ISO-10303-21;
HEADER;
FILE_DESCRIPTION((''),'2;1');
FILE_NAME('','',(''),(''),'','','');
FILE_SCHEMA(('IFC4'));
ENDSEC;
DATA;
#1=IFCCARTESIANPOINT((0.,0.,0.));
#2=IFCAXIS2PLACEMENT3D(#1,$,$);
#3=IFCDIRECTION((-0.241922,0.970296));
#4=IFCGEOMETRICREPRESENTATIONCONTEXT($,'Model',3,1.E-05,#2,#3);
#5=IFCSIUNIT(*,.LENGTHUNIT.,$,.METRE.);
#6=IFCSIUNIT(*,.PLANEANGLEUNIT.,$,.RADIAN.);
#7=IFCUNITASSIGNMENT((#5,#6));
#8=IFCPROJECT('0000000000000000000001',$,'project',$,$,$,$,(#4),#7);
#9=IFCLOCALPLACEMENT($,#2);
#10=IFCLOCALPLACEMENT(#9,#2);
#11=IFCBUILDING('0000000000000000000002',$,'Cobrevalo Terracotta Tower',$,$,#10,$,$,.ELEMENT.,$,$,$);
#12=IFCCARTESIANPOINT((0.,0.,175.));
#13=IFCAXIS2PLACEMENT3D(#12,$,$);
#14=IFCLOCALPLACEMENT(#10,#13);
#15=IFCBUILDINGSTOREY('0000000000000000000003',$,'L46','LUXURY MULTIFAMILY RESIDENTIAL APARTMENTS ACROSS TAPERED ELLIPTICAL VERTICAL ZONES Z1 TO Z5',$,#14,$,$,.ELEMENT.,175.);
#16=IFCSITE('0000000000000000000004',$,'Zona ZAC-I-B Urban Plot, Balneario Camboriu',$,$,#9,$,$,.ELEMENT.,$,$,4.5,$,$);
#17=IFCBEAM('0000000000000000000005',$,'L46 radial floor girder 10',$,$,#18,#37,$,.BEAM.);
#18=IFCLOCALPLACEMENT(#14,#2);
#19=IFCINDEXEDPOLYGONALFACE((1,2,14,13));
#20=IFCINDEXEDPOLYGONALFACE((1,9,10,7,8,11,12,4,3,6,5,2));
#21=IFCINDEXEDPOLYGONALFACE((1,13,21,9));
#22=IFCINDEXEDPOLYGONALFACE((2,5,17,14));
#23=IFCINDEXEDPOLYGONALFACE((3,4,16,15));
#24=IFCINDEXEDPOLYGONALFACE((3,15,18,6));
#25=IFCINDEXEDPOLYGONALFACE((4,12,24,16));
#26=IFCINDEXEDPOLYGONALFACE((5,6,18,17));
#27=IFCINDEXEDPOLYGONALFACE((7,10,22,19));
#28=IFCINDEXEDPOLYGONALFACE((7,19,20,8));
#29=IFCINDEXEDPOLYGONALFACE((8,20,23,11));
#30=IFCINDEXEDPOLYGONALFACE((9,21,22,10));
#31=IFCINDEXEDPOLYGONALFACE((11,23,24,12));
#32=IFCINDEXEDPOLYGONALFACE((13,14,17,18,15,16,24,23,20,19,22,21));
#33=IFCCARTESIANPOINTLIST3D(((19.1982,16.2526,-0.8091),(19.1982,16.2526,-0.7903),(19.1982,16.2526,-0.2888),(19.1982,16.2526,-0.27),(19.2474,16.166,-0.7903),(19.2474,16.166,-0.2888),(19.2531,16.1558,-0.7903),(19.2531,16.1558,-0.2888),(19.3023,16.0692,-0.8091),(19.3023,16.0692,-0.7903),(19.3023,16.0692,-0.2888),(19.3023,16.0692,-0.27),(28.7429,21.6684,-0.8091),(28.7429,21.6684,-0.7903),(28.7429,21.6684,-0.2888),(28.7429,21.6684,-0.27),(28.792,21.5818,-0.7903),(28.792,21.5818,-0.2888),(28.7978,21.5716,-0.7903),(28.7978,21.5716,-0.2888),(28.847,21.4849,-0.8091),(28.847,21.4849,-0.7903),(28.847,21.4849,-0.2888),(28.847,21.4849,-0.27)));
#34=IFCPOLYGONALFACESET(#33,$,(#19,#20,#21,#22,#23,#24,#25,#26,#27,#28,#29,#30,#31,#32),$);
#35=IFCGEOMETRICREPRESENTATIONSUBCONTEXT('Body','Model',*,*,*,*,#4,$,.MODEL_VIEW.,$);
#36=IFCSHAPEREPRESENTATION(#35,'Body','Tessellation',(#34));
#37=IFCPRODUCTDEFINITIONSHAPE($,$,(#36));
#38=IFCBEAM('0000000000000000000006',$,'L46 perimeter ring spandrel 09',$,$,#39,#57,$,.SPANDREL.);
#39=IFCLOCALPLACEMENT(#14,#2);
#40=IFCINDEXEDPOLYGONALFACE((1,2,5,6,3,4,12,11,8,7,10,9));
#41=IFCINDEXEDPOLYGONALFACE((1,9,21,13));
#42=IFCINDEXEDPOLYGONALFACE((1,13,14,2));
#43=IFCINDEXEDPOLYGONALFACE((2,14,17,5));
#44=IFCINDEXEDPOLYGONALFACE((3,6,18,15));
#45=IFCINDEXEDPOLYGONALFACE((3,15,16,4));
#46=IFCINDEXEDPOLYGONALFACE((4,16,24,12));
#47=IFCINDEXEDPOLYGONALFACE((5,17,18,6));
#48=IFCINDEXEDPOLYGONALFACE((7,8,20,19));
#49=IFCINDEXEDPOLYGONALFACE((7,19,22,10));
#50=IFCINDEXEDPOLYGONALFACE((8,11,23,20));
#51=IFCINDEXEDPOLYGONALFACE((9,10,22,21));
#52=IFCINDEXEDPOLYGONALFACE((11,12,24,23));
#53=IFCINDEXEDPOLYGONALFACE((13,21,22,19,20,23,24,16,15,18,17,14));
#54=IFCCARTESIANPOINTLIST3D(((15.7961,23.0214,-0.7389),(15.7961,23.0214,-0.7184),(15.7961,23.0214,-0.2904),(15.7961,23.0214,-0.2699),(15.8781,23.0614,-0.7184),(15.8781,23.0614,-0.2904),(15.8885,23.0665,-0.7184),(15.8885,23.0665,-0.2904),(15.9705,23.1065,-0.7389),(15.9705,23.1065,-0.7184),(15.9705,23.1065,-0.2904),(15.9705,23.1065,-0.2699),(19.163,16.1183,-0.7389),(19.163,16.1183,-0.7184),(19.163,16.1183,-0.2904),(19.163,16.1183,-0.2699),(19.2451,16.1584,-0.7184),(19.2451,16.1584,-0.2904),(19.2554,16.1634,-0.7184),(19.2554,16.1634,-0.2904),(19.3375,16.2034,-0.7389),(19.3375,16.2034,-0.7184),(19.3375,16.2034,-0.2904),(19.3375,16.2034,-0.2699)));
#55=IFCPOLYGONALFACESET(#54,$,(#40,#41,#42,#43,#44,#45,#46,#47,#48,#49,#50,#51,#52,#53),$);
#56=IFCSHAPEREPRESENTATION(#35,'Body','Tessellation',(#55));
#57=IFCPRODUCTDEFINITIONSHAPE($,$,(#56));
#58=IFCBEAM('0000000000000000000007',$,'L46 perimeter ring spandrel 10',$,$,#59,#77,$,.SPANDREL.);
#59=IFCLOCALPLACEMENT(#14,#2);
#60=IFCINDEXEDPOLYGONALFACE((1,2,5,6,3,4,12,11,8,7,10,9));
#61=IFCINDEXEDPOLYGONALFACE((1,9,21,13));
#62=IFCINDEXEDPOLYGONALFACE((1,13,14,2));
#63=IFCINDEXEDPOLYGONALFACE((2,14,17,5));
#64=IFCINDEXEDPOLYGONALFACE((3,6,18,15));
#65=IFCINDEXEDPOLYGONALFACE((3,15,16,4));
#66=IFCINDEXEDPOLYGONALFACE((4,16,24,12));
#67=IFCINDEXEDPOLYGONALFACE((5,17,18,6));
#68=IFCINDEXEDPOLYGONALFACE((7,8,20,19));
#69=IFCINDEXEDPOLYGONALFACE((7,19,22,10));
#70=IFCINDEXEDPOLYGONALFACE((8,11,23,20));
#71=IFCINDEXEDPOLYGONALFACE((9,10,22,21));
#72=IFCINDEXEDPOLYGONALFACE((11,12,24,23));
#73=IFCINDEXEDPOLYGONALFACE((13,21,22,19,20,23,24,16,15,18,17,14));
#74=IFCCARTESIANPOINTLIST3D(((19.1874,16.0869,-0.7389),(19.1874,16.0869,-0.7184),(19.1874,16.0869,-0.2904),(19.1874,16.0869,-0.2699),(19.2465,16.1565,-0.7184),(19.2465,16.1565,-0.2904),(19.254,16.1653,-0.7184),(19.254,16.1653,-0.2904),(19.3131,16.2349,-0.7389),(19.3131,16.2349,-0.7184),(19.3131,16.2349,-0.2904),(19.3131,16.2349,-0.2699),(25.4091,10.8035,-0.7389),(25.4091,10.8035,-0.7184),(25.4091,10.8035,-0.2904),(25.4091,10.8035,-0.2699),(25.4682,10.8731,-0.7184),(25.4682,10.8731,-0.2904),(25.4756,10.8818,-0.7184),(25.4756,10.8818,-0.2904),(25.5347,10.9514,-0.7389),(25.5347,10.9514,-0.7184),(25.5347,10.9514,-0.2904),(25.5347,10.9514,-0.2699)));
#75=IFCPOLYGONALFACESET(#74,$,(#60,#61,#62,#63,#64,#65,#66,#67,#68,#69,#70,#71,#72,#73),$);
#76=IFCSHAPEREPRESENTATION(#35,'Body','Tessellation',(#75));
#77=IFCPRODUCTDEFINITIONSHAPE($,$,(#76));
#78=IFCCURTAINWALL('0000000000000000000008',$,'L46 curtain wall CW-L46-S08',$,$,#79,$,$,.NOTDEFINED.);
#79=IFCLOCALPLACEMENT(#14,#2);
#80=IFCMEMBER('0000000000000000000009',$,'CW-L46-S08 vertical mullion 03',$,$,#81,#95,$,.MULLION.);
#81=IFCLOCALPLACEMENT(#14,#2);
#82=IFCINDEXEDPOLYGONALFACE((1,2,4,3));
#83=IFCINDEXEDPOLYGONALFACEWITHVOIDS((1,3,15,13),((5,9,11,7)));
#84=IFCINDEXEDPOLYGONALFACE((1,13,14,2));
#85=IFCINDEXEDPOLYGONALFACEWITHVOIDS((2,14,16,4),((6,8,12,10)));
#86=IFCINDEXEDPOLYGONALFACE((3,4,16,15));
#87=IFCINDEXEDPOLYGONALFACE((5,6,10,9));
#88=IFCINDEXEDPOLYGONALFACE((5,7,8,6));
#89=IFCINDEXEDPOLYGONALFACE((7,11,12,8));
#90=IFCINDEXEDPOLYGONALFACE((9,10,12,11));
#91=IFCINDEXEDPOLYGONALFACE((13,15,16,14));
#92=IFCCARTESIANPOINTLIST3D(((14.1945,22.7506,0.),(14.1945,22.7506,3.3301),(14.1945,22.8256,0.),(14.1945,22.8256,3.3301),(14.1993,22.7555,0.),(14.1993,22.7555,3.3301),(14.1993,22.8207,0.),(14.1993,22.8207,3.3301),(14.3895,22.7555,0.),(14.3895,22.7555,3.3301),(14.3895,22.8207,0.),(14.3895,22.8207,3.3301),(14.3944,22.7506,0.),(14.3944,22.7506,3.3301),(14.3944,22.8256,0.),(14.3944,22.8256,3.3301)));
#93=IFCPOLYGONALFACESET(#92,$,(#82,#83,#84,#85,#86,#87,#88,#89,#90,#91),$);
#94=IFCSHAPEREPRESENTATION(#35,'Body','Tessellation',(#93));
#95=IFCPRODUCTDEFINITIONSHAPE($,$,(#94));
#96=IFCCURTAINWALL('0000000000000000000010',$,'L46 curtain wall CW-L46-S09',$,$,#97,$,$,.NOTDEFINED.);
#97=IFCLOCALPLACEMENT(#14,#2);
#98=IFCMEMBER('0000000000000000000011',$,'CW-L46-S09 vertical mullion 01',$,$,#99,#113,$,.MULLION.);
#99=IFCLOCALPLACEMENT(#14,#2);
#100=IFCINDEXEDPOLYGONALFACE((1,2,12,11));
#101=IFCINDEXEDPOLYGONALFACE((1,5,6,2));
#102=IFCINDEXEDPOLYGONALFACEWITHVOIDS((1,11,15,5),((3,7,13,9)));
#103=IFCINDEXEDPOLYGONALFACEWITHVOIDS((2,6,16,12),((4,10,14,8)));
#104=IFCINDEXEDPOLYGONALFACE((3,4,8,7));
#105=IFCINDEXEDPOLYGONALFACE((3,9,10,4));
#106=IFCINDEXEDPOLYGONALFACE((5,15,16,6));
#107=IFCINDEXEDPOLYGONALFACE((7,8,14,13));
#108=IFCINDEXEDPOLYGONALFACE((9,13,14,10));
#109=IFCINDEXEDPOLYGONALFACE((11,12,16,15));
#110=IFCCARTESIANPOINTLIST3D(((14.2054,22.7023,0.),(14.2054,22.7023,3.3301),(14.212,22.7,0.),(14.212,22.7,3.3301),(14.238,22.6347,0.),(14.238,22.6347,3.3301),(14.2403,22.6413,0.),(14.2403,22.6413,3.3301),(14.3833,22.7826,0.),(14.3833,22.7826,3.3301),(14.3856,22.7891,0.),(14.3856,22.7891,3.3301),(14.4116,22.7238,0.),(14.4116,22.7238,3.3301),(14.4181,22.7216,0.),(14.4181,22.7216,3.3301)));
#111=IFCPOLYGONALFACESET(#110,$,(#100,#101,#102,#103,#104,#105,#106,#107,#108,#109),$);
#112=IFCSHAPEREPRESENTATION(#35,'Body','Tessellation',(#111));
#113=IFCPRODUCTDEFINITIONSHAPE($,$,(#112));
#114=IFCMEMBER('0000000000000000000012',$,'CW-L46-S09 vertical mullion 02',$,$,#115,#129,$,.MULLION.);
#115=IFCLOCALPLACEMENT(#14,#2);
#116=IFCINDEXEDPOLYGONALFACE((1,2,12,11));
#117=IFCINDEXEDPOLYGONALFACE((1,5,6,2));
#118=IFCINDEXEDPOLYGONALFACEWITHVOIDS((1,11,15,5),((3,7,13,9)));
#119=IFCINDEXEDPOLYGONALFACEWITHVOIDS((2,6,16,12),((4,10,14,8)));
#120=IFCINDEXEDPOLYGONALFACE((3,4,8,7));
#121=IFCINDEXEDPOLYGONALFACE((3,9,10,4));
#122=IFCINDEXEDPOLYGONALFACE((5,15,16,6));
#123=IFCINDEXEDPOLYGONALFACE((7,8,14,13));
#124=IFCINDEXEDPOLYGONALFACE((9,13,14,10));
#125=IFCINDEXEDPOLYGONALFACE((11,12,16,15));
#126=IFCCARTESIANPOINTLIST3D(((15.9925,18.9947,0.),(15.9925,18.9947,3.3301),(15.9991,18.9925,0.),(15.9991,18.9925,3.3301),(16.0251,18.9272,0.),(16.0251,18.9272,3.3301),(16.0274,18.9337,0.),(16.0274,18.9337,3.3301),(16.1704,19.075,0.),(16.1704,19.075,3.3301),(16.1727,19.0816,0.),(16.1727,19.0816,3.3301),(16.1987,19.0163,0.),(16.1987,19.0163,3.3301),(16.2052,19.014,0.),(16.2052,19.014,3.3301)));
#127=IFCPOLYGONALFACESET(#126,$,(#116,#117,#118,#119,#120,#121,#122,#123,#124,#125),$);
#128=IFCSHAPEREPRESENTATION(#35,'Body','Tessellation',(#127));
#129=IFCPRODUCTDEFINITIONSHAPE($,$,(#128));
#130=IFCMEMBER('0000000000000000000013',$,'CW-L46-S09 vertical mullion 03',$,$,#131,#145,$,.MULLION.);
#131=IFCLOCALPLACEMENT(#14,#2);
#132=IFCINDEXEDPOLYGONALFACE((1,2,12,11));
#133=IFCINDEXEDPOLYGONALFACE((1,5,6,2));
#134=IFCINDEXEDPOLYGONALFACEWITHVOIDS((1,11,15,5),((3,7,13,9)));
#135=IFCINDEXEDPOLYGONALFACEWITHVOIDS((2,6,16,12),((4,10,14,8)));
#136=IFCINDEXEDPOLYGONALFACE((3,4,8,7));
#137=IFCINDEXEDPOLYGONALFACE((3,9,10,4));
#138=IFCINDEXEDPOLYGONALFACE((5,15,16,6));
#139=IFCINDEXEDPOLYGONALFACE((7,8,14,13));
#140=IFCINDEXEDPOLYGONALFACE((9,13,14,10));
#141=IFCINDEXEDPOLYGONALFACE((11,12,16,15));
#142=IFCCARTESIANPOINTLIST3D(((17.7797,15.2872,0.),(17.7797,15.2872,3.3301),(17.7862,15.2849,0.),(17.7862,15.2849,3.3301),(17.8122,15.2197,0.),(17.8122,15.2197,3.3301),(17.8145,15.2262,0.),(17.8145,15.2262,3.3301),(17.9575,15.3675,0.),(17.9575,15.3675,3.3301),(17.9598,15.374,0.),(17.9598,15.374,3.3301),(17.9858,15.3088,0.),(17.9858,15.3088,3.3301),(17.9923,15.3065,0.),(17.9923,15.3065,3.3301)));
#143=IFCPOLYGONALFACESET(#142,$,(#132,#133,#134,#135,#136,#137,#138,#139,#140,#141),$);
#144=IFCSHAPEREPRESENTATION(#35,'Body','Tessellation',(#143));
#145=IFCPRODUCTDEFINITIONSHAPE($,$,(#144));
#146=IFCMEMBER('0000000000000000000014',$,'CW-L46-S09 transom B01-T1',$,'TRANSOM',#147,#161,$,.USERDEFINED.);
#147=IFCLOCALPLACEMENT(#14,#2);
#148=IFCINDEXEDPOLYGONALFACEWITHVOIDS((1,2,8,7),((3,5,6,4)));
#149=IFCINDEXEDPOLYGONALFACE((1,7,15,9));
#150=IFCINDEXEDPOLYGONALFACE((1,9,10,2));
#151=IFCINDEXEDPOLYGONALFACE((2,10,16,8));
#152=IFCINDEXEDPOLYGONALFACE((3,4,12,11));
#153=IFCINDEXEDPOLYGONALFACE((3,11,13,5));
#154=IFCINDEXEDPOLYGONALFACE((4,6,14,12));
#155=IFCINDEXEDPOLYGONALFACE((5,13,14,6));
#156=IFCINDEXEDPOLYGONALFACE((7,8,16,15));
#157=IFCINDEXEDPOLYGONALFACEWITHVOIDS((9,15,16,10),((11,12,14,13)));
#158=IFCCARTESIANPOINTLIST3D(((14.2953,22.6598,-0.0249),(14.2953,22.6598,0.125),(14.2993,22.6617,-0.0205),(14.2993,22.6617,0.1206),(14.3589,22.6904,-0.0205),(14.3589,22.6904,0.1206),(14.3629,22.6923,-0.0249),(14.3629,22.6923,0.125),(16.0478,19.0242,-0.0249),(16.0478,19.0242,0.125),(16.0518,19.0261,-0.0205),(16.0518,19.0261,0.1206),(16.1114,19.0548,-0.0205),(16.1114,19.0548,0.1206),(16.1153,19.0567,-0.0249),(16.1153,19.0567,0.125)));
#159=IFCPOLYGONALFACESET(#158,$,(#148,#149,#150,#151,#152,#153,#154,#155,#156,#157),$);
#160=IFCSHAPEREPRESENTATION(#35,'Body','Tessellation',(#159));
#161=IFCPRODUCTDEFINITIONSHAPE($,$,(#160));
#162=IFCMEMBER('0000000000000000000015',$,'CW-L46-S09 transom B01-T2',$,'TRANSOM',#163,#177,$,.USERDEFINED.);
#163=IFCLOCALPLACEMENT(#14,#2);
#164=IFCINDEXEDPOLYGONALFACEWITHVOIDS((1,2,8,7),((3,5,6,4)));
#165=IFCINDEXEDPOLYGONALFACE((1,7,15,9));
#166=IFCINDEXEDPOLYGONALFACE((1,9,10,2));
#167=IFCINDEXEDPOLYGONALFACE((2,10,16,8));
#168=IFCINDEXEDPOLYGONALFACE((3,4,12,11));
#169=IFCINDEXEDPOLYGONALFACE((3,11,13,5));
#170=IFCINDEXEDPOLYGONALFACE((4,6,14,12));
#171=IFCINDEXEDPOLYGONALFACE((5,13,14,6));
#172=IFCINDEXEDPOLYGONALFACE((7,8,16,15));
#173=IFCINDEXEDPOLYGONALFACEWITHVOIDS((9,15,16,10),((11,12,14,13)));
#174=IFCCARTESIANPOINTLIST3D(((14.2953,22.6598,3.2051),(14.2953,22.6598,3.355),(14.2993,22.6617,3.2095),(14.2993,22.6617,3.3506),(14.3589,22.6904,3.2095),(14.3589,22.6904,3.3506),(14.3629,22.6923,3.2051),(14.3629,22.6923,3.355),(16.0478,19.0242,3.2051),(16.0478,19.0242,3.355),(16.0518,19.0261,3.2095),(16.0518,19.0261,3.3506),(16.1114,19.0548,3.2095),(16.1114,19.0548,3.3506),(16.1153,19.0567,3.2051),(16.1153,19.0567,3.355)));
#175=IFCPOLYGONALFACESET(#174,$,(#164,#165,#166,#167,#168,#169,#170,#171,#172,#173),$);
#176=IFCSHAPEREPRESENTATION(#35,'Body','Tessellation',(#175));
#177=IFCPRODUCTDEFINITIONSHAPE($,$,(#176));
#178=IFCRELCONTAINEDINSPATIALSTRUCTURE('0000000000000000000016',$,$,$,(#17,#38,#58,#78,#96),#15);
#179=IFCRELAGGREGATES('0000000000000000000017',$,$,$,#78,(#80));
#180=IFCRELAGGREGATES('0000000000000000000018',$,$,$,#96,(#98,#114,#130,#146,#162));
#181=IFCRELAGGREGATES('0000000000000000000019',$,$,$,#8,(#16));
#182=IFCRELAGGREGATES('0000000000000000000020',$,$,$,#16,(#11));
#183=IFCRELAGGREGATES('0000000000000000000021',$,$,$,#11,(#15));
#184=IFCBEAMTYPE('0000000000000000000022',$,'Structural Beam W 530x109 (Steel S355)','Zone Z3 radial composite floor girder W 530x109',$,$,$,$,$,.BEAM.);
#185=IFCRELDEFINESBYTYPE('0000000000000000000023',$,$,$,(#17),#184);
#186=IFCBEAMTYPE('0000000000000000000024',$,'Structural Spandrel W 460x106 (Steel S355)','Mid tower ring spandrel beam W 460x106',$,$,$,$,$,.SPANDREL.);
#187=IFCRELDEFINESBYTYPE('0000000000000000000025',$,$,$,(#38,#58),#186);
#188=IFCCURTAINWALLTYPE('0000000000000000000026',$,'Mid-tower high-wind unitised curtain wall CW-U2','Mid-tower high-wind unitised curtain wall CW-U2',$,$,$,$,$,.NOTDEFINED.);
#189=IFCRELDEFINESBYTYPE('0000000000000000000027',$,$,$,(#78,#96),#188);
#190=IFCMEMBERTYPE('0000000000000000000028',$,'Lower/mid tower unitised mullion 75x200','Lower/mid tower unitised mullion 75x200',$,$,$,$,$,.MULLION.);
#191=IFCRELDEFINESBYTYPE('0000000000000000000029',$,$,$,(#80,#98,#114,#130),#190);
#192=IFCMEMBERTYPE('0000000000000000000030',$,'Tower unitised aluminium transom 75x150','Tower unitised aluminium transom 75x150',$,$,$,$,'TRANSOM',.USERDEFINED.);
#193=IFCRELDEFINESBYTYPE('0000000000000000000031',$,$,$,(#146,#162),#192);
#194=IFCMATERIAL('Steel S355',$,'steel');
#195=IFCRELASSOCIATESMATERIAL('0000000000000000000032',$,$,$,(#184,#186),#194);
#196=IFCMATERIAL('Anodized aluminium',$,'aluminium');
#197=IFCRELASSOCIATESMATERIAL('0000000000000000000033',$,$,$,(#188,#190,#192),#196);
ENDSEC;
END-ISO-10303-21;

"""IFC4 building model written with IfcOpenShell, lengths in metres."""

from ifc_helpers import new_model, si_unit, direction, frame, origin, origin_2d, place, context, subcontext, project, spatial, hollow_rectangle, i_section, extrude, source, transform, mapped, material, material_profile, profile_set, type_object, element, aggregate, save


model = new_model("IFC4")

# Units and contexts
model_context = context("Model", 3, precision=1e-05, world=origin(), true_north=direction((-0.241922, 0.970296)))
body_context = subcontext(model_context, "Body", "Model", "MODEL_VIEW")
ifc_project = project(units=[si_unit("LENGTHUNIT", "METRE"), si_unit("PLANEANGLEUNIT", "RADIAN")], contexts=[model_context])

# Site, building, storey
site_placement = place(None, origin())
site = spatial("IfcSite", under=ifc_project, at=site_placement, Name="Zona ZAC-I-B Urban Plot, Balneario Camboriu", CompositionType="ELEMENT", RefElevation=4.5)
building_placement = place(site_placement, origin())
building = spatial("IfcBuilding", under=site, at=building_placement, Name="Cobrevalo Terracotta Tower", CompositionType="ELEMENT")
storey_placement = place(building_placement, frame((0.0, 0.0, 175.0)))
storey = spatial("IfcBuildingStorey", under=building, at=storey_placement, Name="L46", Description="LUXURY MULTIFAMILY RESIDENTIAL APARTMENTS ACROSS TAPERED ELLIPTICAL VERTICAL ZONES Z1 TO Z5", CompositionType="ELEMENT", Elevation=175.0)

# Shared definitions
ifc_material_1 = material(Name="Steel S355", Category="steel")

# Beams
ifc_material_profile_1 = material_profile(ifc_material_1, i_section(OverallWidth=0.2109, OverallDepth=0.5391, WebThickness=0.0117, FlangeThickness=0.0188, at=origin_2d()), Name="W 530x109")
ifc_profile_set_1 = profile_set([ifc_material_profile_1], Name="Steel S355")
beam_type_1 = type_object("IfcBeamType", Name="Structural Beam W 530x109 (Steel S355)", Description="Zone Z3 radial composite floor girder W 530x109", PredefinedType="BEAM", material=ifc_profile_set_1)
beam_1_placement = place(storey_placement, frame((19.2502, 16.1609, -0.5396), z_axis=(0.869744, 0.493504, 0.0), x_axis=(-0.493504, 0.869744, 0.0)))
element("IfcBeam", 1, at=beam_1_placement, inside=storey, type_object=beam_type_1, Name="L46 radial floor girder 10", PredefinedType="BEAM", context=body_context, shape_type="SweptSolid", body=[
    extrude(i_section(OverallWidth=0.2109, OverallDepth=0.5391, WebThickness=0.0117, FlangeThickness=0.0188, at=origin_2d()), origin(), (0.0, 0.0, 1.0), 10.9741),
])
ifc_material_profile_2 = material_profile(ifc_material_1, i_section(OverallWidth=0.1941, OverallDepth=0.469, WebThickness=0.0115, FlangeThickness=0.0205, at=origin_2d()), Name="W 460x106")
ifc_profile_set_2 = profile_set([ifc_material_profile_2], Name="Steel S355")
beam_type_2 = type_object("IfcBeamType", Name="Structural Spandrel W 460x106 (Steel S355)", Description="Mid tower ring spandrel beam W 460x106", PredefinedType="SPANDREL", material=ifc_profile_set_2)
beam_2_placement = place(storey_placement, frame((15.8833, 23.064, -0.5044), z_axis=(0.43838, -0.89879, 0.0), x_axis=(0.89879, 0.43838, 0.0)))
element("IfcBeam", 2, at=beam_2_placement, inside=storey, type_object=beam_type_2, Name="L46 perimeter ring spandrel 09", PredefinedType="SPANDREL", context=body_context, shape_type="SweptSolid", body=[
    extrude(i_section(OverallWidth=0.1941, OverallDepth=0.469, WebThickness=0.0115, FlangeThickness=0.0205, at=origin_2d()), origin(), (0.0, 0.0, 1.0), 7.6804),
])
beam_3_placement = place(storey_placement, frame((19.2502, 16.1609, -0.5044), z_axis=(0.76224, -0.647294, 0.0), x_axis=(0.647294, 0.76224, 0.0)))
element("IfcBeam", 3, at=beam_3_placement, inside=storey, type_object=beam_type_2, Name="L46 perimeter ring spandrel 10", PredefinedType="SPANDREL", context=body_context, shape_type="SweptSolid", body=[
    extrude(i_section(OverallWidth=0.1941, OverallDepth=0.469, WebThickness=0.0115, FlangeThickness=0.0205, at=origin_2d()), origin(), (0.0, 0.0, 1.0), 8.1624),
])

# Curtain wall, member
ifc_material_2 = material(Name="Anodized aluminium", Category="aluminium")
curtain_wall_type = type_object("IfcCurtainWallType", Name="Mid-tower high-wind unitised curtain wall CW-U2", Description="Mid-tower high-wind unitised curtain wall CW-U2", PredefinedType="NOTDEFINED", material=ifc_material_2)
curtain_wall_1_placement = place(storey_placement, origin())
curtain_wall_1 = element("IfcCurtainWall", 4, at=curtain_wall_1_placement, inside=storey, type_object=curtain_wall_type, Name="L46 curtain wall CW-L46-S08", PredefinedType="NOTDEFINED")
ifc_material_profile_3 = material_profile(ifc_material_2, hollow_rectangle(XDim=0.075, YDim=0.2, WallThickness=0.0049, at=origin_2d()), Name="CWM 75x200")
ifc_profile_set_3 = profile_set([ifc_material_profile_3], Name="Anodized aluminium")
member_type_1 = type_object("IfcMemberType", Name="Lower/mid tower unitised mullion 75x200", Description="Lower/mid tower unitised mullion 75x200", PredefinedType="MULLION", material=ifc_profile_set_3)
shared_shape_1 = source(origin(), body_context, "Body", "SweptSolid", [
    extrude(hollow_rectangle(XDim=0.075, YDim=0.2, WallThickness=0.0049, at=origin_2d()), origin(), (0.0, 0.0, 1.0), 3.3301),
])
member_1_placement = place(storey_placement, frame((14.2944, 22.7881, 0.0), z_axis=(0.0, 0.0, 1.0), x_axis=(0.0, -1.0, 0.0)))
member_1 = element("IfcMember", 5, at=member_1_placement, type_object=member_type_1, Name="CW-L46-S08 vertical mullion 03", PredefinedType="MULLION", context=body_context, shape_type="MappedRepresentation", body=[
    mapped(shared_shape_1, transform((0.0, 0.0, 0.0), scale=1.0)),
])
aggregate(curtain_wall_1, [member_1])

# Curtain wall, members
curtain_wall_2_placement = place(storey_placement, origin())
curtain_wall_2 = element("IfcCurtainWall", 6, at=curtain_wall_2_placement, inside=storey, type_object=curtain_wall_type, Name="L46 curtain wall CW-L46-S09", PredefinedType="NOTDEFINED")
member_2_placement = place(storey_placement, frame((14.3118, 22.7119, 0.0), z_axis=(0.0, 0.0, 1.0), x_axis=(0.434209, -0.900812, 0.0)))
member_2 = element("IfcMember", 7, at=member_2_placement, type_object=member_type_1, Name="CW-L46-S09 vertical mullion 01", PredefinedType="MULLION", context=body_context, shape_type="MappedRepresentation", body=[
    mapped(shared_shape_1, transform((0.0, 0.0, 0.0), scale=1.0)),
])
member_3_placement = place(storey_placement, frame((16.0989, 19.0044, 0.0), z_axis=(0.0, 0.0, 1.0), x_axis=(0.434209, -0.900812, 0.0)))
member_3 = element("IfcMember", 8, at=member_3_placement, type_object=member_type_1, Name="CW-L46-S09 vertical mullion 02", PredefinedType="MULLION", context=body_context, shape_type="MappedRepresentation", body=[
    mapped(shared_shape_1, transform((0.0, 0.0, 0.0), scale=1.0)),
])
member_4_placement = place(storey_placement, frame((17.886, 15.2969, 0.0), z_axis=(0.0, 0.0, 1.0), x_axis=(0.434209, -0.900812, 0.0)))
member_4 = element("IfcMember", 9, at=member_4_placement, type_object=member_type_1, Name="CW-L46-S09 vertical mullion 03", PredefinedType="MULLION", context=body_context, shape_type="MappedRepresentation", body=[
    mapped(shared_shape_1, transform((0.0, 0.0, 0.0), scale=1.0)),
])
ifc_material_profile_4 = material_profile(ifc_material_2, hollow_rectangle(XDim=0.075, YDim=0.1499, WallThickness=0.0044, at=origin_2d()), Name="CWT 75x150")
ifc_profile_set_4 = profile_set([ifc_material_profile_4], Name="Anodized aluminium")
member_type_2 = type_object("IfcMemberType", Name="Tower unitised aluminium transom 75x150", Description="Tower unitised aluminium transom 75x150", ElementType="TRANSOM", PredefinedType="USERDEFINED", material=ifc_profile_set_4)
shared_shape_2 = source(origin(), body_context, "Body", "SweptSolid", [
    extrude(hollow_rectangle(XDim=0.075, YDim=0.1499, WallThickness=0.0044, at=origin_2d()), origin(), (0.0, 0.0, 1.0), 4.0359),
])
member_5_placement = place(storey_placement, frame((14.3291, 22.676, 0.05), z_axis=(0.434221, -0.900806, 0.0), x_axis=(0.900806, 0.434221, 0.0)))
member_5 = element("IfcMember", 10, at=member_5_placement, type_object=member_type_2, Name="CW-L46-S09 transom B01-T1", ObjectType="TRANSOM", PredefinedType="USERDEFINED", context=body_context, shape_type="MappedRepresentation", body=[
    mapped(shared_shape_2, transform((0.0, 0.0, 0.0), scale=1.0)),
])
member_6_placement = place(storey_placement, frame((14.3291, 22.676, 3.28), z_axis=(0.434221, -0.900806, 0.0), x_axis=(0.900806, 0.434221, 0.0)))
member_6 = element("IfcMember", 11, at=member_6_placement, type_object=member_type_2, Name="CW-L46-S09 transom B01-T2", ObjectType="TRANSOM", PredefinedType="USERDEFINED", context=body_context, shape_type="MappedRepresentation", body=[
    mapped(shared_shape_2, transform((0.0, 0.0, 0.0), scale=1.0)),
])

aggregate(curtain_wall_2, [member_2, member_3, member_4, member_5, member_6])

save(model, "model.ifc")
